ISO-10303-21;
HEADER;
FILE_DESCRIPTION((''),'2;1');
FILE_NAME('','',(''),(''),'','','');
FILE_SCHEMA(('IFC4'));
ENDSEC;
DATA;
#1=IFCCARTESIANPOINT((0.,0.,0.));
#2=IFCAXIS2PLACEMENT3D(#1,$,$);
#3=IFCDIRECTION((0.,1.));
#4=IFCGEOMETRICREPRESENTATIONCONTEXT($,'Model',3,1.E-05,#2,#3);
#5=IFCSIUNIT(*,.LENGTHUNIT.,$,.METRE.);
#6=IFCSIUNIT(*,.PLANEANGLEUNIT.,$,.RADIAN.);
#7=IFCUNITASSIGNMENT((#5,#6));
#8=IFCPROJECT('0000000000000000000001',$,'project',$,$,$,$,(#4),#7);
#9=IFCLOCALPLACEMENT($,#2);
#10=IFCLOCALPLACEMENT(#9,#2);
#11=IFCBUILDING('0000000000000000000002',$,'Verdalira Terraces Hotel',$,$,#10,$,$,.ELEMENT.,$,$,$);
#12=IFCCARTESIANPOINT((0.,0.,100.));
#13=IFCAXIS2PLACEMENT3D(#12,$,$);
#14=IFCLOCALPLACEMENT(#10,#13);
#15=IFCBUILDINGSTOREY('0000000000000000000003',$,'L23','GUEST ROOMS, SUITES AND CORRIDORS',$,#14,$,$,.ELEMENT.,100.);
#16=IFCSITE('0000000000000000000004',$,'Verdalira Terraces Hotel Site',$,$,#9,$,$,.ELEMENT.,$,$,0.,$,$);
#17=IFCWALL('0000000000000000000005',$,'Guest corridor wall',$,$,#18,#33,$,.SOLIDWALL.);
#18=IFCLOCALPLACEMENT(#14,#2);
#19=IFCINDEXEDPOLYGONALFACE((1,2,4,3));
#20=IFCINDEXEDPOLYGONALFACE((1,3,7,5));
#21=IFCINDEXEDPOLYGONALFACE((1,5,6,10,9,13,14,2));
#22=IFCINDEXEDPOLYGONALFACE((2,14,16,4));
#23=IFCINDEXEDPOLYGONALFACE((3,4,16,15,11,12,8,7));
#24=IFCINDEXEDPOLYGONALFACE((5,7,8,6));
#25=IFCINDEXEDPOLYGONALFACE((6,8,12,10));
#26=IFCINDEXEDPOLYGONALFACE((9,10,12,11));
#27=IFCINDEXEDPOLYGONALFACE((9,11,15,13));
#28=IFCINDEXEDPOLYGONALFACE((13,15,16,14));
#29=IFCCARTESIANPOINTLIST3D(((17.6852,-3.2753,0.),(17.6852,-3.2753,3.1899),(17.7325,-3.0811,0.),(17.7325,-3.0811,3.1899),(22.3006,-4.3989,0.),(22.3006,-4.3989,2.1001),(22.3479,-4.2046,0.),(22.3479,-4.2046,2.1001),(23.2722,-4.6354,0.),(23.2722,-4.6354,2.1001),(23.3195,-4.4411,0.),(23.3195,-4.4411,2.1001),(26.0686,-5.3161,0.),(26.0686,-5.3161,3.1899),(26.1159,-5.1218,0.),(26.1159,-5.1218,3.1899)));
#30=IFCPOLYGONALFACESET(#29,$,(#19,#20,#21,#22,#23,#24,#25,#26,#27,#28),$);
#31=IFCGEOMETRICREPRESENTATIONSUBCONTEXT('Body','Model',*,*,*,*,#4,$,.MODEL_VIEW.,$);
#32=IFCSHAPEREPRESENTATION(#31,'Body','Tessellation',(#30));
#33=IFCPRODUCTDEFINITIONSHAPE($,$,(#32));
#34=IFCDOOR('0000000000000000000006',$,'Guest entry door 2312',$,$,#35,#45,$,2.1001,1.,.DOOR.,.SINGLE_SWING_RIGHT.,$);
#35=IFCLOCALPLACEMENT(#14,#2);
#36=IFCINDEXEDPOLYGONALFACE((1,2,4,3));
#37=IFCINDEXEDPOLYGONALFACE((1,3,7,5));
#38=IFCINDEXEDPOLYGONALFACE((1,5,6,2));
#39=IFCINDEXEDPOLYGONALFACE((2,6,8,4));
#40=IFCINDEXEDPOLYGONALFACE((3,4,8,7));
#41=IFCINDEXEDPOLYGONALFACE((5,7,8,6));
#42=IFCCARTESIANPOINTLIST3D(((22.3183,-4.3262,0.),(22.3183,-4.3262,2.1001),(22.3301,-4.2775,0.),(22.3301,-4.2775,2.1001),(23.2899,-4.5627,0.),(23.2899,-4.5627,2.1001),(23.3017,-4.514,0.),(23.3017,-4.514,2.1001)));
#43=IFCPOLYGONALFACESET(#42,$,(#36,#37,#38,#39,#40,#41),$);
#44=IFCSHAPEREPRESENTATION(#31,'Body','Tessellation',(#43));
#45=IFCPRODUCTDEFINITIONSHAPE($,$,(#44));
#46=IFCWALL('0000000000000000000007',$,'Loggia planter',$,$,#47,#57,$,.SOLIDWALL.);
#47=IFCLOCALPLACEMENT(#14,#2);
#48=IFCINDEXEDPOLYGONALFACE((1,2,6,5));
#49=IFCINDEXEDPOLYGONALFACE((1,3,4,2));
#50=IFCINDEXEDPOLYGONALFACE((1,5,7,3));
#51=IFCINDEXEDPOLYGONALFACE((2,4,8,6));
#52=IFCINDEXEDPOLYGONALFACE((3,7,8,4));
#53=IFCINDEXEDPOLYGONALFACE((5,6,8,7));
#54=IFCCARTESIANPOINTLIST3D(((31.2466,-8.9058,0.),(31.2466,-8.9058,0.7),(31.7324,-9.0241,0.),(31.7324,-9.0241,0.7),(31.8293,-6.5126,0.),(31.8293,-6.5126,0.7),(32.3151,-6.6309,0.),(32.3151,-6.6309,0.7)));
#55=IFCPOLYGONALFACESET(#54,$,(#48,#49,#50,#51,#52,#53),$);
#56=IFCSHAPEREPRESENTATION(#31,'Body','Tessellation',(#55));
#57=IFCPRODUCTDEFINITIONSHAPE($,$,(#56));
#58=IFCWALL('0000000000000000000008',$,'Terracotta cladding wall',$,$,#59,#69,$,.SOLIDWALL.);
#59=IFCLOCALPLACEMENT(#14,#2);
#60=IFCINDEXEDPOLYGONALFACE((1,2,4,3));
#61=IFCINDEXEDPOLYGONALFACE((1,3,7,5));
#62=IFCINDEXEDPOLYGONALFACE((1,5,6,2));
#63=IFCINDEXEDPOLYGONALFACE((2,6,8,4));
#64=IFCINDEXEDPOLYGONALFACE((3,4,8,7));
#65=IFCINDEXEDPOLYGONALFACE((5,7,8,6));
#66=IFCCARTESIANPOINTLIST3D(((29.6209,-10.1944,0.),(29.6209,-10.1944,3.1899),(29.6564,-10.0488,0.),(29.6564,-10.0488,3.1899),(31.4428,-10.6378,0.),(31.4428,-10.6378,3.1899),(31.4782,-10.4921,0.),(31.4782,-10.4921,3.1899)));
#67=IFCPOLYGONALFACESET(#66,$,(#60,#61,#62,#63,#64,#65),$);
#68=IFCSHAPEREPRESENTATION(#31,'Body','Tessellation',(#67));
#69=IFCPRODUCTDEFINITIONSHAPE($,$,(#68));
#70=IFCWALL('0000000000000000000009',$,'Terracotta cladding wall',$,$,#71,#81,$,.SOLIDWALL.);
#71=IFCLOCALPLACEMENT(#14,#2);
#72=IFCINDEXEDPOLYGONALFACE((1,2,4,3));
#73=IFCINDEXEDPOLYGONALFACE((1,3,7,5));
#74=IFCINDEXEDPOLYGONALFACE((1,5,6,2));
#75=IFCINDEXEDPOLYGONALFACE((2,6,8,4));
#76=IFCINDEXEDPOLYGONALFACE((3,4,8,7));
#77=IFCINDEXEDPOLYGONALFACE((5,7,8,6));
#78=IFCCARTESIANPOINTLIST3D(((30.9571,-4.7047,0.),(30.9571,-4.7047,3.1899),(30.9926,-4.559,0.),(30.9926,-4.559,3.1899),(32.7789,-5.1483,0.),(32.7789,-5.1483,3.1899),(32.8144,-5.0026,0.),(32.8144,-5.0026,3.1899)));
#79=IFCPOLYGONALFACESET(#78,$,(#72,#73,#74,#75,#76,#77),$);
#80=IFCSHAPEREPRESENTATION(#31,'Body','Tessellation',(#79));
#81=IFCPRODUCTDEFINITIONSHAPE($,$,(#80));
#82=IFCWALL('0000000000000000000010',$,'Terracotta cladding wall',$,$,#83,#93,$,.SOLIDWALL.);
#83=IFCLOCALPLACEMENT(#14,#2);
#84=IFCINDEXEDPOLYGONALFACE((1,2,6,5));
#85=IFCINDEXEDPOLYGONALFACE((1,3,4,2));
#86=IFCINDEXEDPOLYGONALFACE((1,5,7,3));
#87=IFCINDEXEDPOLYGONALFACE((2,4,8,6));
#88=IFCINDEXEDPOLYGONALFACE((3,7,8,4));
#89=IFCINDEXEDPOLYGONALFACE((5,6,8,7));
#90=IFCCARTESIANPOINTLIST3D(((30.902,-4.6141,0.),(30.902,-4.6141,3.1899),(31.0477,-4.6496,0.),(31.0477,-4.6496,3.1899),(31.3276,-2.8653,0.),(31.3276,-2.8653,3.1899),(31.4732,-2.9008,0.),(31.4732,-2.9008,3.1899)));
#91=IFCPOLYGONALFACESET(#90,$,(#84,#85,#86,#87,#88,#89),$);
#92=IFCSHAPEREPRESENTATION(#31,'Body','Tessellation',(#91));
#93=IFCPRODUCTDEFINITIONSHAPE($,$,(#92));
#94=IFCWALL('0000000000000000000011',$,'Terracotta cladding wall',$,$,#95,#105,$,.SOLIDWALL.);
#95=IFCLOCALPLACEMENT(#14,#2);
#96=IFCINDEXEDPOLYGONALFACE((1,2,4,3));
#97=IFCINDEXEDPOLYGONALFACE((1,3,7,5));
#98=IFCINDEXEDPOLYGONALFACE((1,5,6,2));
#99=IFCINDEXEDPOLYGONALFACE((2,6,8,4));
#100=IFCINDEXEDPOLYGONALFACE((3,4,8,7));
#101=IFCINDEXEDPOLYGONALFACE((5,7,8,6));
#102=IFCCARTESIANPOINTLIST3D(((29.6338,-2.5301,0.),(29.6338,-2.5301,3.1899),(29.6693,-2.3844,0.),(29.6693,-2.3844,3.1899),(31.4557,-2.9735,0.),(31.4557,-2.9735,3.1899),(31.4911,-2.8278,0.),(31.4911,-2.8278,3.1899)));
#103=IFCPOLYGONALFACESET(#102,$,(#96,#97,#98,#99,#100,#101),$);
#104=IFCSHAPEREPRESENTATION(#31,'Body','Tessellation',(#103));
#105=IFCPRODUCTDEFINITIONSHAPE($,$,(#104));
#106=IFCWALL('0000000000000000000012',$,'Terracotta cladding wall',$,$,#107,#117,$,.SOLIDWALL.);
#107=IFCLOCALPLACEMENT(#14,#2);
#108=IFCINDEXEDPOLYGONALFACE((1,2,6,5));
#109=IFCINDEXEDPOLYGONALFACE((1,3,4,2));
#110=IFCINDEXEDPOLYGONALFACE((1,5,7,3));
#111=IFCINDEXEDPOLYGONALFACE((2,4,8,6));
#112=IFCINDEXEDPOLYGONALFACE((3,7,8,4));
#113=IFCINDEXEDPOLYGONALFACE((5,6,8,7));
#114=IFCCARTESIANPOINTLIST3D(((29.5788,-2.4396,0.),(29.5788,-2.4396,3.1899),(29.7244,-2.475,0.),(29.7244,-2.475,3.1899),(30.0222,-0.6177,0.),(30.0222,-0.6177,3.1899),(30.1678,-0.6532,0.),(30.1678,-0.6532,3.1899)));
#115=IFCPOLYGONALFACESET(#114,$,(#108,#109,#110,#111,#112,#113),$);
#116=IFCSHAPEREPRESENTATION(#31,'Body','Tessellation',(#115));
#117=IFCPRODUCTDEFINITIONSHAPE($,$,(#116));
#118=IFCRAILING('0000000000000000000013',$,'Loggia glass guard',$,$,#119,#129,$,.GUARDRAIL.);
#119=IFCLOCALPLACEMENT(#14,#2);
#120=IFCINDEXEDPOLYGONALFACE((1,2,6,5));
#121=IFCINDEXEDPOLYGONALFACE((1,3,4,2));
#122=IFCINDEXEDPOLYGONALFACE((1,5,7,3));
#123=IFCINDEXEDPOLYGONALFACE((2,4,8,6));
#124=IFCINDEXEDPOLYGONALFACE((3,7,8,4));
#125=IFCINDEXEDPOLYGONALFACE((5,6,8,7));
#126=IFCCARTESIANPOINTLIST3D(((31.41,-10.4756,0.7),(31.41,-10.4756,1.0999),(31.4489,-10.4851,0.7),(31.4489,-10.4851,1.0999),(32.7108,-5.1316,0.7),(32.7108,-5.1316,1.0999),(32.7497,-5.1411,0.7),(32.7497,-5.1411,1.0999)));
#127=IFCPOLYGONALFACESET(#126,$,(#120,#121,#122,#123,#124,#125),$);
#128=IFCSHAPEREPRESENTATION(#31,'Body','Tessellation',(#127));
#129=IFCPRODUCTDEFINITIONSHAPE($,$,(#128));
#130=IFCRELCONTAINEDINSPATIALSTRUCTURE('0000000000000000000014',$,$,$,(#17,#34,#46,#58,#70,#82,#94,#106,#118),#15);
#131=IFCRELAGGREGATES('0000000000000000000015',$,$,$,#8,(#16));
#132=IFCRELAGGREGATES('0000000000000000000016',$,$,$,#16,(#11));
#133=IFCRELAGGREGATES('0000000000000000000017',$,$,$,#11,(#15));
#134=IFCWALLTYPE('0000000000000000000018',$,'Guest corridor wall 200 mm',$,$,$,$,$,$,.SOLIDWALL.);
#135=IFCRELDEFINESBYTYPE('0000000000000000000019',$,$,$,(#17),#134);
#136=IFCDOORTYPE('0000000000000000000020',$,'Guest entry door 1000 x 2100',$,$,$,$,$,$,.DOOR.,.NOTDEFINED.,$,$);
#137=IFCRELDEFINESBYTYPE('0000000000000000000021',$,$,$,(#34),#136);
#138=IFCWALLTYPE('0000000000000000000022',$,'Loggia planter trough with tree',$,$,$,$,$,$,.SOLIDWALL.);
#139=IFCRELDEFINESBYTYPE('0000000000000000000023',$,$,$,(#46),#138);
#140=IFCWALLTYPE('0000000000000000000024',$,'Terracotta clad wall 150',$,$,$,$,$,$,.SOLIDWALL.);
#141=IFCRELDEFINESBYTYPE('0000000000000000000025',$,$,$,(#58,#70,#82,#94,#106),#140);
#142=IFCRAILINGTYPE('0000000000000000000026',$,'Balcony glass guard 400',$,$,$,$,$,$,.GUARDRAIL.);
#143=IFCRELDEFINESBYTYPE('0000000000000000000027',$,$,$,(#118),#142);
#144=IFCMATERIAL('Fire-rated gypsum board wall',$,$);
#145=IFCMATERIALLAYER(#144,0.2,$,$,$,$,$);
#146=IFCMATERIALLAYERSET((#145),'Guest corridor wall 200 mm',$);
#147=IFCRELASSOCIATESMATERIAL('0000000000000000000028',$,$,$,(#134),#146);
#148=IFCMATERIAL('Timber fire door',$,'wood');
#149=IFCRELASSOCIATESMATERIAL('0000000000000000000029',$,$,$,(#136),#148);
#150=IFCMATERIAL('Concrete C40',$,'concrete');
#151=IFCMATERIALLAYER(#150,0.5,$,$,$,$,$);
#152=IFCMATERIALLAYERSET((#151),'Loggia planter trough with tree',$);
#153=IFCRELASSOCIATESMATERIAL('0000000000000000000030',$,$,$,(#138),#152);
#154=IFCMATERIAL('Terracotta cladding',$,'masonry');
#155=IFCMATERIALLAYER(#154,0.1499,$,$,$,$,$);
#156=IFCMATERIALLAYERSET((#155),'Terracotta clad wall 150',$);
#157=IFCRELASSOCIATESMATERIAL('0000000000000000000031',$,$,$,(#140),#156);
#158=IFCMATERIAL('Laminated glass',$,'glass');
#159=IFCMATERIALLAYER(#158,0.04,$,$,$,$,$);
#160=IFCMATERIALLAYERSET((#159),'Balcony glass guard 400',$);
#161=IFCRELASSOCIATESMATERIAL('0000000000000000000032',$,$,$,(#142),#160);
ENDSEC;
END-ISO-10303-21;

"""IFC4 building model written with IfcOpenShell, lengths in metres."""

from ifc_helpers import new_model, si_unit, direction, frame, frame_2d, origin, origin_2d, place, context, subcontext, project, spatial, rectangle, extrude, material, layer, layer_set, type_object, element, fill, save


model = new_model("IFC4")

# Units and contexts
model_context = context("Model", 3, precision=1e-05, world=origin(), true_north=direction((0.0, 1.0)))
body_context = subcontext(model_context, "Body", "Model", "MODEL_VIEW")
ifc_project = project(units=[si_unit("LENGTHUNIT", "METRE"), si_unit("PLANEANGLEUNIT", "RADIAN")], contexts=[model_context])

# Site, building, storey
site_placement = place(None, origin())
site = spatial("IfcSite", under=ifc_project, at=site_placement, Name="Verdalira Terraces Hotel Site", CompositionType="ELEMENT", RefElevation=0.0)
building_placement = place(site_placement, origin())
building = spatial("IfcBuilding", under=site, at=building_placement, Name="Verdalira Terraces Hotel", CompositionType="ELEMENT")
storey_placement = place(building_placement, frame((0.0, 0.0, 100.0)))
storey = spatial("IfcBuildingStorey", under=building, at=storey_placement, Name="L23", Description="GUEST ROOMS, SUITES AND CORRIDORS", CompositionType="ELEMENT", Elevation=100.0)

# Shared definitions
ifc_material_1 = material(Name="Fire-rated gypsum board wall")
ifc_layer_1 = layer(ifc_material_1, 0.2)
ifc_layer_set_1 = layer_set([ifc_layer_1], Name="Guest corridor wall 200 mm")
wall_type_1 = type_object("IfcWallType", Name="Guest corridor wall 200 mm", PredefinedType="SOLIDWALL", material=ifc_layer_set_1)
ifc_material_2 = material(Name="Timber fire door", Category="wood")
door_type_1 = type_object("IfcDoorType", Name="Guest entry door 1000 x 2100", OperationType="NOTDEFINED", PredefinedType="DOOR", material=ifc_material_2)

# Wall, opening, door
wall_1_placement = place(storey_placement, frame((17.709, -3.1782, 0.0), z_axis=(0.0, 0.0, 1.0), x_axis=(0.971625, -0.236526, 0.0)))
wall_1 = element("IfcWall", 1, at=wall_1_placement, inside=storey, type_object=wall_type_1, Name="Guest corridor wall", PredefinedType="SOLIDWALL", context=body_context, shape_type="SweptSolid", body=[
    extrude(rectangle(XDim=8.6282, YDim=0.2, at=frame_2d((4.314, 0.0))), origin(), (0.0, 0.0, 1.0), 3.1899),
])
opening_1_placement = place(wall_1_placement, frame((4.75, 0.0, 0.0)))
opening_1 = element("IfcOpeningElement", 2, at=opening_1_placement, cuts=wall_1, PredefinedType="OPENING", context=body_context, shape_type="SweptSolid", body=[
    extrude(rectangle(XDim=1.0, YDim=2.1001, at=frame_2d((0.5, 1.05))), frame((0.0, 0.1099, 0.0), z_axis=(0.0, -1.0, 0.0), x_axis=(1.0, 0.0, 0.0)), (0.0, 0.0, 1.0), 0.22),
])
door_1_placement = place(opening_1_placement, origin())
door_1 = element("IfcDoor", 3, at=door_1_placement, inside=storey, type_object=door_type_1, Name="Guest entry door 2312", OperationType="SINGLE_SWING_RIGHT", OverallHeight=2.1001, OverallWidth=1.0, PredefinedType="DOOR", context=body_context, shape_type="SweptSolid", body=[
    extrude(rectangle(XDim=1.0, YDim=2.1001, at=frame_2d((0.5, 1.05))), frame((0.0, 0.0249, 0.0), z_axis=(0.0, -1.0, 0.0), x_axis=(1.0, 0.0, 0.0)), (0.0, 0.0, 1.0), 0.05),
])
fill(opening_1, door_1)

# Walls
ifc_material_3 = material(Name="Concrete C40", Category="concrete")
ifc_layer_2 = layer(ifc_material_3, 0.5)
ifc_layer_set_2 = layer_set([ifc_layer_2], Name="Loggia planter trough with tree")
wall_type_2 = type_object("IfcWallType", Name="Loggia planter trough with tree", PredefinedType="SOLIDWALL", material=ifc_layer_set_2)
wall_2_placement = place(storey_placement, frame((31.4895, -8.9648, 0.0), z_axis=(0.0, 0.0, 1.0), x_axis=(0.236584, 0.971611, 0.0)))
element("IfcWall", 4, at=wall_2_placement, inside=storey, type_object=wall_type_2, Name="Loggia planter", PredefinedType="SOLIDWALL", context=body_context, shape_type="SweptSolid", body=[
    extrude(rectangle(XDim=2.4631, YDim=0.5, at=frame_2d((1.2314, 0.0))), origin(), (0.0, 0.0, 1.0), 0.7),
])
ifc_material_4 = material(Name="Terracotta cladding", Category="masonry")
ifc_layer_3 = layer(ifc_material_4, 0.1499)
ifc_layer_set_3 = layer_set([ifc_layer_3], Name="Terracotta clad wall 150")
wall_type_3 = type_object("IfcWallType", Name="Terracotta clad wall 150", PredefinedType="SOLIDWALL", material=ifc_layer_set_3)
for number, where, z_axis, x_axis, name in (
    (5, (29.6387, -10.1216, 0.0), (0.0, 0.0, 1.0), (0.97164, -0.236465, 0.0), "Terracotta cladding wall"),
    (6, (32.7966, -5.0754, 0.0), (0.0, 0.0, 1.0), (-0.97161, 0.236587, 0.0), "Terracotta cladding wall"),
):
    element("IfcWall", number, at=place(storey_placement, frame(where, z_axis=z_axis, x_axis=x_axis)), inside=storey, type_object=wall_type_3, Name=name, PredefinedType="SOLIDWALL", context=body_context, shape_type="SweptSolid", body=[
        extrude(rectangle(XDim=1.875, YDim=0.1499, at=frame_2d((0.9375, 0.0))), origin(), (0.0, 0.0, 1.0), 3.1899),
    ])
wall_3_placement = place(storey_placement, frame((30.9749, -4.6318, 0.0), z_axis=(0.0, 0.0, 1.0), x_axis=(0.236435, 0.971647, 0.0)))
element("IfcWall", 7, at=wall_3_placement, inside=storey, type_object=wall_type_3, Name="Terracotta cladding wall", PredefinedType="SOLIDWALL", context=body_context, shape_type="SweptSolid", body=[
    extrude(rectangle(XDim=1.7998, YDim=0.1499, at=frame_2d((0.8999, 0.0))), origin(), (0.0, 0.0, 1.0), 3.1899),
])
for number, where, z_axis, x_axis, name in (
    (8, (31.4734, -2.9006, 0.0), (0.0, 0.0, 1.0), (-0.97164, 0.236465, 0.0), "Terracotta cladding wall"),
    (9, (29.6516, -2.4573, 0.0), (0.0, 0.0, 1.0), (0.236465, 0.97164, 0.0), "Terracotta cladding wall"),
):
    element("IfcWall", number, at=place(storey_placement, frame(where, z_axis=z_axis, x_axis=x_axis)), inside=storey, type_object=wall_type_3, Name=name, PredefinedType="SOLIDWALL", context=body_context, shape_type="SweptSolid", body=[
        extrude(rectangle(XDim=1.875, YDim=0.1499, at=frame_2d((0.9375, 0.0))), origin(), (0.0, 0.0, 1.0), 3.1899),
    ])

# Railing
ifc_material_5 = material(Name="Laminated glass", Category="glass")
ifc_layer_4 = layer(ifc_material_5, 0.04)
ifc_layer_set_4 = layer_set([ifc_layer_4], Name="Balcony glass guard 400")
railing_type = type_object("IfcRailingType", Name="Balcony glass guard 400", PredefinedType="GUARDRAIL", material=ifc_layer_set_4)
railing_placement = place(storey_placement, frame((32.0798, -7.8083, 0.7), z_axis=(0.0, 0.0, 1.0), x_axis=(0.236499, 0.971632, 0.0)))
element("IfcRailing", 10, at=railing_placement, inside=storey, type_object=railing_type, Name="Loggia glass guard", PredefinedType="GUARDRAIL", context=body_context, shape_type="SweptSolid", body=[
    extrude(rectangle(XDim=5.5, YDim=0.04, at=origin_2d()), origin(), (0.0, 0.0, 1.0), 0.3999),
])

save(model, "model.ifc")
